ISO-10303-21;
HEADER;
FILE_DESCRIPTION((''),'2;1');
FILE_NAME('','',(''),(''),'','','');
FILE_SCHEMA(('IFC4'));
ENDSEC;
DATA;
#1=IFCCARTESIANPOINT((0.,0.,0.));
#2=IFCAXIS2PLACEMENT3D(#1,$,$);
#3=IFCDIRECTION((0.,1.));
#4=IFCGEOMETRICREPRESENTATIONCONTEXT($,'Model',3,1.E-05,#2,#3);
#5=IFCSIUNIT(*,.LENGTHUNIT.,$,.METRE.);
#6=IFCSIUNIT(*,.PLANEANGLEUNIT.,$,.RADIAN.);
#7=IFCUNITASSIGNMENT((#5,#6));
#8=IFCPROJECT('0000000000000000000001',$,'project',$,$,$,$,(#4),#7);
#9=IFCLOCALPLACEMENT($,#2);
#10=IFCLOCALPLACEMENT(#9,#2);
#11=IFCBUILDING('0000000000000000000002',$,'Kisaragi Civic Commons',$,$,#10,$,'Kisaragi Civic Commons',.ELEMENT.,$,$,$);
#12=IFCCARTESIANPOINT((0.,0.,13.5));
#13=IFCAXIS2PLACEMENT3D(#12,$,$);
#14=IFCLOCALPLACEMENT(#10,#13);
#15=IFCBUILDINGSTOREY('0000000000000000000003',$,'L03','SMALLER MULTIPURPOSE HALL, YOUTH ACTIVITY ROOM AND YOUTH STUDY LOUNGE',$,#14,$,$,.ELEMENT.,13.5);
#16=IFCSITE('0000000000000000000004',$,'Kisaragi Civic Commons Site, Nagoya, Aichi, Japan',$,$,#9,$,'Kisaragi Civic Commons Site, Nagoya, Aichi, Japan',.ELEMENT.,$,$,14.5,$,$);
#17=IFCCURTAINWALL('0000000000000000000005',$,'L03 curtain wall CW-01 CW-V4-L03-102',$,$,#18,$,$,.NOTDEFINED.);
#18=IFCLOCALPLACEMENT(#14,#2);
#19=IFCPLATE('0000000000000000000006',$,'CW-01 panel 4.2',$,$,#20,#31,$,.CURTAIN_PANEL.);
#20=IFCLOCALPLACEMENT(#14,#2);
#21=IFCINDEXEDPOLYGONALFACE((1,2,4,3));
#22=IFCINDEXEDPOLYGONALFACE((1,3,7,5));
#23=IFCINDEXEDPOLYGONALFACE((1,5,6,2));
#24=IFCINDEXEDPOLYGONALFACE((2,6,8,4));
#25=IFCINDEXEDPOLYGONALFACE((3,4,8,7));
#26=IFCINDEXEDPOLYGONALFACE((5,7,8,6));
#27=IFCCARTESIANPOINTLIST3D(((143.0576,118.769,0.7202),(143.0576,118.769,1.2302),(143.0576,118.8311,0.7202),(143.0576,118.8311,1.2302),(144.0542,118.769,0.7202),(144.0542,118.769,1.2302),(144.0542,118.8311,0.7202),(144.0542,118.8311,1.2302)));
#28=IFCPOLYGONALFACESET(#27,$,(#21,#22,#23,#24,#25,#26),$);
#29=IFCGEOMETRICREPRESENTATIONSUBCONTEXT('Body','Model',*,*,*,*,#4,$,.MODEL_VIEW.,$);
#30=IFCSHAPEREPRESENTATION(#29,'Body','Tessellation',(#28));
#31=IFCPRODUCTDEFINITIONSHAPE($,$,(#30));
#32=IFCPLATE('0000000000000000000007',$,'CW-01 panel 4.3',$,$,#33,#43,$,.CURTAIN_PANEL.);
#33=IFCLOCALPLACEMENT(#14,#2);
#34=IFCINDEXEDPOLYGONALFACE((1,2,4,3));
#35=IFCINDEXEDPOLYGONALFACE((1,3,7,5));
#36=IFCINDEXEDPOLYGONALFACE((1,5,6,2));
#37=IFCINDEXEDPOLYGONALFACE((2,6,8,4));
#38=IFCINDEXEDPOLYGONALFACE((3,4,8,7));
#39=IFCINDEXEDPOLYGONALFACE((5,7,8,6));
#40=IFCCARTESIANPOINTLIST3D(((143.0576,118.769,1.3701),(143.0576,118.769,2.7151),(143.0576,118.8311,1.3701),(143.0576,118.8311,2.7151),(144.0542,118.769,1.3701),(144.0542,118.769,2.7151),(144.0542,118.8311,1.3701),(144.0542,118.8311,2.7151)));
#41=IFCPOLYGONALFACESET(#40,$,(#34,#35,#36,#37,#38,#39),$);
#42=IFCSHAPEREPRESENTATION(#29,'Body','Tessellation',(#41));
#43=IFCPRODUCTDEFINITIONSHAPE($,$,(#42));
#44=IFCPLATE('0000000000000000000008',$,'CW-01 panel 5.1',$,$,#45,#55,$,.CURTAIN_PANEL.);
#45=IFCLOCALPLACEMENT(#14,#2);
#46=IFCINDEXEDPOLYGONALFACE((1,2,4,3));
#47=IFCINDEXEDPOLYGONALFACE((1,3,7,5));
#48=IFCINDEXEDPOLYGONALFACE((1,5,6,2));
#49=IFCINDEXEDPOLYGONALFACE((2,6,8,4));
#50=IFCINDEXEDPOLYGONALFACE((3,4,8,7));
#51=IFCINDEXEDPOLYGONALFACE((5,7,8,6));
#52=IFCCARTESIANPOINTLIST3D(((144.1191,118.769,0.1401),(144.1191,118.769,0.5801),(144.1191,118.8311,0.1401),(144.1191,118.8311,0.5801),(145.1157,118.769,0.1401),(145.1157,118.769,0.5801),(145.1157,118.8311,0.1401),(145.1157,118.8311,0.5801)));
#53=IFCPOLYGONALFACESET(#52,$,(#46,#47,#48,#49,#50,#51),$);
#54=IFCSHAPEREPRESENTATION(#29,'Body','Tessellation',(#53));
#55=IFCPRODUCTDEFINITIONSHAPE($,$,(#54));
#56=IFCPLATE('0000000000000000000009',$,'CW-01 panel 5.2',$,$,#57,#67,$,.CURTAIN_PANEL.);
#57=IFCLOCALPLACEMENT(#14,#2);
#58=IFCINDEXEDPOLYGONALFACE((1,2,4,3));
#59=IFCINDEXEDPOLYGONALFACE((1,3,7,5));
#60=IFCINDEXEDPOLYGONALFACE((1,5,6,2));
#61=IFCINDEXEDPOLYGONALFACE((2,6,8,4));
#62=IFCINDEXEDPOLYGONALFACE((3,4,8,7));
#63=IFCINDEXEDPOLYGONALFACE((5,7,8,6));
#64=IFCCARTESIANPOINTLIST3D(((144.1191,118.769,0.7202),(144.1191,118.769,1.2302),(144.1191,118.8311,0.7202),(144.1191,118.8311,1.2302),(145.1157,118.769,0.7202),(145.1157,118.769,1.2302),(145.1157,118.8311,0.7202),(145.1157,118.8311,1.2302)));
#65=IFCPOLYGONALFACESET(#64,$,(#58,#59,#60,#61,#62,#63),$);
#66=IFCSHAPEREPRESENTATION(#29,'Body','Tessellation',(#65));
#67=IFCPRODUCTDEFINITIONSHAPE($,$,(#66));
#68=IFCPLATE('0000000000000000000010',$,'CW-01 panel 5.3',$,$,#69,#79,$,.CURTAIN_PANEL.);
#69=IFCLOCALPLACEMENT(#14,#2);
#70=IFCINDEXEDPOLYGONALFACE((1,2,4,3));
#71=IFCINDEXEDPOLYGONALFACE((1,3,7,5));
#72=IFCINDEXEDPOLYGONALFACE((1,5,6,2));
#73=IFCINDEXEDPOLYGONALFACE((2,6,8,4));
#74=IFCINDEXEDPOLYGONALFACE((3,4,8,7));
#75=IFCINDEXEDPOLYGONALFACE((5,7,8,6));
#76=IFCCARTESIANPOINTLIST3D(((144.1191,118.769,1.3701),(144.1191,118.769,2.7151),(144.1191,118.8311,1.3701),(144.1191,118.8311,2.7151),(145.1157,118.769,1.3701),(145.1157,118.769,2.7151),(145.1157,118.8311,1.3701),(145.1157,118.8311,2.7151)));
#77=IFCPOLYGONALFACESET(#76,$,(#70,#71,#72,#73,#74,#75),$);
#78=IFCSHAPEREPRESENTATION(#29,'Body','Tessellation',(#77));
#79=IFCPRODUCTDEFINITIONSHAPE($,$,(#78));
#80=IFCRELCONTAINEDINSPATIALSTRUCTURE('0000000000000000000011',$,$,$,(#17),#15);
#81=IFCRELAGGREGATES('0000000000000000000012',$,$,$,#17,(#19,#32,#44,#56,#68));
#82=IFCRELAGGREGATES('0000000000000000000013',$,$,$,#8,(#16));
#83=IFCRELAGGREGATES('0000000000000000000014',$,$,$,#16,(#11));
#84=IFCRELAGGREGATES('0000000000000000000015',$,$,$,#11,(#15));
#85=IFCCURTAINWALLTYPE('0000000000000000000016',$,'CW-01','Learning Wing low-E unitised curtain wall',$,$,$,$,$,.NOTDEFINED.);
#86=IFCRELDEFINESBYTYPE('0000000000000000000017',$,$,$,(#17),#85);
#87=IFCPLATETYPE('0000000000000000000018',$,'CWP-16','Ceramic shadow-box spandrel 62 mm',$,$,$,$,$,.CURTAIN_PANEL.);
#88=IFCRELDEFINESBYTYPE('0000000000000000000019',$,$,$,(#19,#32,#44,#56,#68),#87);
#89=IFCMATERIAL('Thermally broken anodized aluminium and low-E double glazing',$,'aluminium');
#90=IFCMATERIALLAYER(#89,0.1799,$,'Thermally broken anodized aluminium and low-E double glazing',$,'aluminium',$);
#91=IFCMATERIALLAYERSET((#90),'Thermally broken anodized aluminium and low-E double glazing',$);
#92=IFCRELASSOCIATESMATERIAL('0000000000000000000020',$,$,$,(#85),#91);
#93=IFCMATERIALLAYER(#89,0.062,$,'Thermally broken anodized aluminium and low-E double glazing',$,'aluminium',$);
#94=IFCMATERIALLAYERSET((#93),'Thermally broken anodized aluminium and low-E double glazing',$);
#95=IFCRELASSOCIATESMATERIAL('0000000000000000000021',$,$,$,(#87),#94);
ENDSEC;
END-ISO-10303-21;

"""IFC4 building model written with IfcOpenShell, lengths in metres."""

from ifc_helpers import new_model, si_unit, direction, frame, origin, origin_2d, place, context, subcontext, project, spatial, rectangle, extrude, material, layer, layer_set, type_object, element, aggregate, save


model = new_model("IFC4")

# Units and contexts
model_context = context("Model", 3, precision=1e-05, world=origin(), true_north=direction((0.0, 1.0)))
body_context = subcontext(model_context, "Body", "Model", "MODEL_VIEW")
ifc_project = project(units=[si_unit("LENGTHUNIT", "METRE"), si_unit("PLANEANGLEUNIT", "RADIAN")], contexts=[model_context])

# Site, building, storey
site_placement = place(None, origin())
site = spatial("IfcSite", under=ifc_project, at=site_placement, Name="Kisaragi Civic Commons Site, Nagoya, Aichi, Japan", LongName="Kisaragi Civic Commons Site, Nagoya, Aichi, Japan", CompositionType="ELEMENT", RefElevation=14.5)
building_placement = place(site_placement, origin())
building = spatial("IfcBuilding", under=site, at=building_placement, Name="Kisaragi Civic Commons", LongName="Kisaragi Civic Commons", CompositionType="ELEMENT")
storey_placement = place(building_placement, frame((0.0, 0.0, 13.5)))
storey = spatial("IfcBuildingStorey", under=building, at=storey_placement, Name="L03", Description="SMALLER MULTIPURPOSE HALL, YOUTH ACTIVITY ROOM AND YOUTH STUDY LOUNGE", CompositionType="ELEMENT", Elevation=13.5)

# Curtain wall, plates
ifc_material = material(Name="Thermally broken anodized aluminium and low-E double glazing", Category="aluminium")
ifc_layer_1 = layer(ifc_material, 0.1799, Name="Thermally broken anodized aluminium and low-E double glazing", Category="aluminium")
ifc_layer_set_1 = layer_set([ifc_layer_1], Name="Thermally broken anodized aluminium and low-E double glazing")
curtain_wall_type = type_object("IfcCurtainWallType", Name="CW-01", Description="Learning Wing low-E unitised curtain wall", PredefinedType="NOTDEFINED", material=ifc_layer_set_1)
curtain_wall_placement = place(storey_placement, origin())
curtain_wall = element("IfcCurtainWall", 1, at=curtain_wall_placement, inside=storey, type_object=curtain_wall_type, Name="L03 curtain wall CW-01 CW-V4-L03-102", PredefinedType="NOTDEFINED")
ifc_layer_2 = layer(ifc_material, 0.062, Name="Thermally broken anodized aluminium and low-E double glazing", Category="aluminium")
ifc_layer_set_2 = layer_set([ifc_layer_2], Name="Thermally broken anodized aluminium and low-E double glazing")
plate_type = type_object("IfcPlateType", Name="CWP-16", Description="Ceramic shadow-box spandrel 62 mm", PredefinedType="CURTAIN_PANEL", material=ifc_layer_set_2)
plate_1_placement = place(storey_placement, frame((143.5559, 118.8, 0.7202), z_axis=(0.0, 0.0, 1.0), x_axis=(1.0, 0.0, 0.0)))
plate_1 = element("IfcPlate", 2, at=plate_1_placement, type_object=plate_type, Name="CW-01 panel 4.2", PredefinedType="CURTAIN_PANEL", context=body_context, shape_type="SweptSolid", body=[
    extrude(rectangle(XDim=0.9966, YDim=0.062, at=origin_2d()), origin(), (0.0, 0.0, 1.0), 0.51),
])
plate_2_placement = place(storey_placement, frame((143.5559, 118.8, 1.3701), z_axis=(0.0, 0.0, 1.0), x_axis=(1.0, 0.0, 0.0)))
plate_2 = element("IfcPlate", 3, at=plate_2_placement, type_object=plate_type, Name="CW-01 panel 4.3", PredefinedType="CURTAIN_PANEL", context=body_context, shape_type="SweptSolid", body=[
    extrude(rectangle(XDim=0.9966, YDim=0.062, at=origin_2d()), origin(), (0.0, 0.0, 1.0), 1.345),
])
plate_3_placement = place(storey_placement, frame((144.6174, 118.8, 0.1401), z_axis=(0.0, 0.0, 1.0), x_axis=(1.0, 0.0, 0.0)))
plate_3 = element("IfcPlate", 4, at=plate_3_placement, type_object=plate_type, Name="CW-01 panel 5.1", PredefinedType="CURTAIN_PANEL", context=body_context, shape_type="SweptSolid", body=[
    extrude(rectangle(XDim=0.9966, YDim=0.062, at=origin_2d()), origin(), (0.0, 0.0, 1.0), 0.4399),
])
plate_4_placement = place(storey_placement, frame((144.6174, 118.8, 0.7202), z_axis=(0.0, 0.0, 1.0), x_axis=(1.0, 0.0, 0.0)))
plate_4 = element("IfcPlate", 5, at=plate_4_placement, type_object=plate_type, Name="CW-01 panel 5.2", PredefinedType="CURTAIN_PANEL", context=body_context, shape_type="SweptSolid", body=[
    extrude(rectangle(XDim=0.9966, YDim=0.062, at=origin_2d()), origin(), (0.0, 0.0, 1.0), 0.51),
])
plate_5_placement = place(storey_placement, frame((144.6174, 118.8, 1.3701), z_axis=(0.0, 0.0, 1.0), x_axis=(1.0, 0.0, 0.0)))
plate_5 = element("IfcPlate", 6, at=plate_5_placement, type_object=plate_type, Name="CW-01 panel 5.3", PredefinedType="CURTAIN_PANEL", context=body_context, shape_type="SweptSolid", body=[
    extrude(rectangle(XDim=0.9966, YDim=0.062, at=origin_2d()), origin(), (0.0, 0.0, 1.0), 1.345),
])
aggregate(curtain_wall, [plate_1, plate_2, plate_3, plate_4, plate_5])

save(model, "model.ifc")
